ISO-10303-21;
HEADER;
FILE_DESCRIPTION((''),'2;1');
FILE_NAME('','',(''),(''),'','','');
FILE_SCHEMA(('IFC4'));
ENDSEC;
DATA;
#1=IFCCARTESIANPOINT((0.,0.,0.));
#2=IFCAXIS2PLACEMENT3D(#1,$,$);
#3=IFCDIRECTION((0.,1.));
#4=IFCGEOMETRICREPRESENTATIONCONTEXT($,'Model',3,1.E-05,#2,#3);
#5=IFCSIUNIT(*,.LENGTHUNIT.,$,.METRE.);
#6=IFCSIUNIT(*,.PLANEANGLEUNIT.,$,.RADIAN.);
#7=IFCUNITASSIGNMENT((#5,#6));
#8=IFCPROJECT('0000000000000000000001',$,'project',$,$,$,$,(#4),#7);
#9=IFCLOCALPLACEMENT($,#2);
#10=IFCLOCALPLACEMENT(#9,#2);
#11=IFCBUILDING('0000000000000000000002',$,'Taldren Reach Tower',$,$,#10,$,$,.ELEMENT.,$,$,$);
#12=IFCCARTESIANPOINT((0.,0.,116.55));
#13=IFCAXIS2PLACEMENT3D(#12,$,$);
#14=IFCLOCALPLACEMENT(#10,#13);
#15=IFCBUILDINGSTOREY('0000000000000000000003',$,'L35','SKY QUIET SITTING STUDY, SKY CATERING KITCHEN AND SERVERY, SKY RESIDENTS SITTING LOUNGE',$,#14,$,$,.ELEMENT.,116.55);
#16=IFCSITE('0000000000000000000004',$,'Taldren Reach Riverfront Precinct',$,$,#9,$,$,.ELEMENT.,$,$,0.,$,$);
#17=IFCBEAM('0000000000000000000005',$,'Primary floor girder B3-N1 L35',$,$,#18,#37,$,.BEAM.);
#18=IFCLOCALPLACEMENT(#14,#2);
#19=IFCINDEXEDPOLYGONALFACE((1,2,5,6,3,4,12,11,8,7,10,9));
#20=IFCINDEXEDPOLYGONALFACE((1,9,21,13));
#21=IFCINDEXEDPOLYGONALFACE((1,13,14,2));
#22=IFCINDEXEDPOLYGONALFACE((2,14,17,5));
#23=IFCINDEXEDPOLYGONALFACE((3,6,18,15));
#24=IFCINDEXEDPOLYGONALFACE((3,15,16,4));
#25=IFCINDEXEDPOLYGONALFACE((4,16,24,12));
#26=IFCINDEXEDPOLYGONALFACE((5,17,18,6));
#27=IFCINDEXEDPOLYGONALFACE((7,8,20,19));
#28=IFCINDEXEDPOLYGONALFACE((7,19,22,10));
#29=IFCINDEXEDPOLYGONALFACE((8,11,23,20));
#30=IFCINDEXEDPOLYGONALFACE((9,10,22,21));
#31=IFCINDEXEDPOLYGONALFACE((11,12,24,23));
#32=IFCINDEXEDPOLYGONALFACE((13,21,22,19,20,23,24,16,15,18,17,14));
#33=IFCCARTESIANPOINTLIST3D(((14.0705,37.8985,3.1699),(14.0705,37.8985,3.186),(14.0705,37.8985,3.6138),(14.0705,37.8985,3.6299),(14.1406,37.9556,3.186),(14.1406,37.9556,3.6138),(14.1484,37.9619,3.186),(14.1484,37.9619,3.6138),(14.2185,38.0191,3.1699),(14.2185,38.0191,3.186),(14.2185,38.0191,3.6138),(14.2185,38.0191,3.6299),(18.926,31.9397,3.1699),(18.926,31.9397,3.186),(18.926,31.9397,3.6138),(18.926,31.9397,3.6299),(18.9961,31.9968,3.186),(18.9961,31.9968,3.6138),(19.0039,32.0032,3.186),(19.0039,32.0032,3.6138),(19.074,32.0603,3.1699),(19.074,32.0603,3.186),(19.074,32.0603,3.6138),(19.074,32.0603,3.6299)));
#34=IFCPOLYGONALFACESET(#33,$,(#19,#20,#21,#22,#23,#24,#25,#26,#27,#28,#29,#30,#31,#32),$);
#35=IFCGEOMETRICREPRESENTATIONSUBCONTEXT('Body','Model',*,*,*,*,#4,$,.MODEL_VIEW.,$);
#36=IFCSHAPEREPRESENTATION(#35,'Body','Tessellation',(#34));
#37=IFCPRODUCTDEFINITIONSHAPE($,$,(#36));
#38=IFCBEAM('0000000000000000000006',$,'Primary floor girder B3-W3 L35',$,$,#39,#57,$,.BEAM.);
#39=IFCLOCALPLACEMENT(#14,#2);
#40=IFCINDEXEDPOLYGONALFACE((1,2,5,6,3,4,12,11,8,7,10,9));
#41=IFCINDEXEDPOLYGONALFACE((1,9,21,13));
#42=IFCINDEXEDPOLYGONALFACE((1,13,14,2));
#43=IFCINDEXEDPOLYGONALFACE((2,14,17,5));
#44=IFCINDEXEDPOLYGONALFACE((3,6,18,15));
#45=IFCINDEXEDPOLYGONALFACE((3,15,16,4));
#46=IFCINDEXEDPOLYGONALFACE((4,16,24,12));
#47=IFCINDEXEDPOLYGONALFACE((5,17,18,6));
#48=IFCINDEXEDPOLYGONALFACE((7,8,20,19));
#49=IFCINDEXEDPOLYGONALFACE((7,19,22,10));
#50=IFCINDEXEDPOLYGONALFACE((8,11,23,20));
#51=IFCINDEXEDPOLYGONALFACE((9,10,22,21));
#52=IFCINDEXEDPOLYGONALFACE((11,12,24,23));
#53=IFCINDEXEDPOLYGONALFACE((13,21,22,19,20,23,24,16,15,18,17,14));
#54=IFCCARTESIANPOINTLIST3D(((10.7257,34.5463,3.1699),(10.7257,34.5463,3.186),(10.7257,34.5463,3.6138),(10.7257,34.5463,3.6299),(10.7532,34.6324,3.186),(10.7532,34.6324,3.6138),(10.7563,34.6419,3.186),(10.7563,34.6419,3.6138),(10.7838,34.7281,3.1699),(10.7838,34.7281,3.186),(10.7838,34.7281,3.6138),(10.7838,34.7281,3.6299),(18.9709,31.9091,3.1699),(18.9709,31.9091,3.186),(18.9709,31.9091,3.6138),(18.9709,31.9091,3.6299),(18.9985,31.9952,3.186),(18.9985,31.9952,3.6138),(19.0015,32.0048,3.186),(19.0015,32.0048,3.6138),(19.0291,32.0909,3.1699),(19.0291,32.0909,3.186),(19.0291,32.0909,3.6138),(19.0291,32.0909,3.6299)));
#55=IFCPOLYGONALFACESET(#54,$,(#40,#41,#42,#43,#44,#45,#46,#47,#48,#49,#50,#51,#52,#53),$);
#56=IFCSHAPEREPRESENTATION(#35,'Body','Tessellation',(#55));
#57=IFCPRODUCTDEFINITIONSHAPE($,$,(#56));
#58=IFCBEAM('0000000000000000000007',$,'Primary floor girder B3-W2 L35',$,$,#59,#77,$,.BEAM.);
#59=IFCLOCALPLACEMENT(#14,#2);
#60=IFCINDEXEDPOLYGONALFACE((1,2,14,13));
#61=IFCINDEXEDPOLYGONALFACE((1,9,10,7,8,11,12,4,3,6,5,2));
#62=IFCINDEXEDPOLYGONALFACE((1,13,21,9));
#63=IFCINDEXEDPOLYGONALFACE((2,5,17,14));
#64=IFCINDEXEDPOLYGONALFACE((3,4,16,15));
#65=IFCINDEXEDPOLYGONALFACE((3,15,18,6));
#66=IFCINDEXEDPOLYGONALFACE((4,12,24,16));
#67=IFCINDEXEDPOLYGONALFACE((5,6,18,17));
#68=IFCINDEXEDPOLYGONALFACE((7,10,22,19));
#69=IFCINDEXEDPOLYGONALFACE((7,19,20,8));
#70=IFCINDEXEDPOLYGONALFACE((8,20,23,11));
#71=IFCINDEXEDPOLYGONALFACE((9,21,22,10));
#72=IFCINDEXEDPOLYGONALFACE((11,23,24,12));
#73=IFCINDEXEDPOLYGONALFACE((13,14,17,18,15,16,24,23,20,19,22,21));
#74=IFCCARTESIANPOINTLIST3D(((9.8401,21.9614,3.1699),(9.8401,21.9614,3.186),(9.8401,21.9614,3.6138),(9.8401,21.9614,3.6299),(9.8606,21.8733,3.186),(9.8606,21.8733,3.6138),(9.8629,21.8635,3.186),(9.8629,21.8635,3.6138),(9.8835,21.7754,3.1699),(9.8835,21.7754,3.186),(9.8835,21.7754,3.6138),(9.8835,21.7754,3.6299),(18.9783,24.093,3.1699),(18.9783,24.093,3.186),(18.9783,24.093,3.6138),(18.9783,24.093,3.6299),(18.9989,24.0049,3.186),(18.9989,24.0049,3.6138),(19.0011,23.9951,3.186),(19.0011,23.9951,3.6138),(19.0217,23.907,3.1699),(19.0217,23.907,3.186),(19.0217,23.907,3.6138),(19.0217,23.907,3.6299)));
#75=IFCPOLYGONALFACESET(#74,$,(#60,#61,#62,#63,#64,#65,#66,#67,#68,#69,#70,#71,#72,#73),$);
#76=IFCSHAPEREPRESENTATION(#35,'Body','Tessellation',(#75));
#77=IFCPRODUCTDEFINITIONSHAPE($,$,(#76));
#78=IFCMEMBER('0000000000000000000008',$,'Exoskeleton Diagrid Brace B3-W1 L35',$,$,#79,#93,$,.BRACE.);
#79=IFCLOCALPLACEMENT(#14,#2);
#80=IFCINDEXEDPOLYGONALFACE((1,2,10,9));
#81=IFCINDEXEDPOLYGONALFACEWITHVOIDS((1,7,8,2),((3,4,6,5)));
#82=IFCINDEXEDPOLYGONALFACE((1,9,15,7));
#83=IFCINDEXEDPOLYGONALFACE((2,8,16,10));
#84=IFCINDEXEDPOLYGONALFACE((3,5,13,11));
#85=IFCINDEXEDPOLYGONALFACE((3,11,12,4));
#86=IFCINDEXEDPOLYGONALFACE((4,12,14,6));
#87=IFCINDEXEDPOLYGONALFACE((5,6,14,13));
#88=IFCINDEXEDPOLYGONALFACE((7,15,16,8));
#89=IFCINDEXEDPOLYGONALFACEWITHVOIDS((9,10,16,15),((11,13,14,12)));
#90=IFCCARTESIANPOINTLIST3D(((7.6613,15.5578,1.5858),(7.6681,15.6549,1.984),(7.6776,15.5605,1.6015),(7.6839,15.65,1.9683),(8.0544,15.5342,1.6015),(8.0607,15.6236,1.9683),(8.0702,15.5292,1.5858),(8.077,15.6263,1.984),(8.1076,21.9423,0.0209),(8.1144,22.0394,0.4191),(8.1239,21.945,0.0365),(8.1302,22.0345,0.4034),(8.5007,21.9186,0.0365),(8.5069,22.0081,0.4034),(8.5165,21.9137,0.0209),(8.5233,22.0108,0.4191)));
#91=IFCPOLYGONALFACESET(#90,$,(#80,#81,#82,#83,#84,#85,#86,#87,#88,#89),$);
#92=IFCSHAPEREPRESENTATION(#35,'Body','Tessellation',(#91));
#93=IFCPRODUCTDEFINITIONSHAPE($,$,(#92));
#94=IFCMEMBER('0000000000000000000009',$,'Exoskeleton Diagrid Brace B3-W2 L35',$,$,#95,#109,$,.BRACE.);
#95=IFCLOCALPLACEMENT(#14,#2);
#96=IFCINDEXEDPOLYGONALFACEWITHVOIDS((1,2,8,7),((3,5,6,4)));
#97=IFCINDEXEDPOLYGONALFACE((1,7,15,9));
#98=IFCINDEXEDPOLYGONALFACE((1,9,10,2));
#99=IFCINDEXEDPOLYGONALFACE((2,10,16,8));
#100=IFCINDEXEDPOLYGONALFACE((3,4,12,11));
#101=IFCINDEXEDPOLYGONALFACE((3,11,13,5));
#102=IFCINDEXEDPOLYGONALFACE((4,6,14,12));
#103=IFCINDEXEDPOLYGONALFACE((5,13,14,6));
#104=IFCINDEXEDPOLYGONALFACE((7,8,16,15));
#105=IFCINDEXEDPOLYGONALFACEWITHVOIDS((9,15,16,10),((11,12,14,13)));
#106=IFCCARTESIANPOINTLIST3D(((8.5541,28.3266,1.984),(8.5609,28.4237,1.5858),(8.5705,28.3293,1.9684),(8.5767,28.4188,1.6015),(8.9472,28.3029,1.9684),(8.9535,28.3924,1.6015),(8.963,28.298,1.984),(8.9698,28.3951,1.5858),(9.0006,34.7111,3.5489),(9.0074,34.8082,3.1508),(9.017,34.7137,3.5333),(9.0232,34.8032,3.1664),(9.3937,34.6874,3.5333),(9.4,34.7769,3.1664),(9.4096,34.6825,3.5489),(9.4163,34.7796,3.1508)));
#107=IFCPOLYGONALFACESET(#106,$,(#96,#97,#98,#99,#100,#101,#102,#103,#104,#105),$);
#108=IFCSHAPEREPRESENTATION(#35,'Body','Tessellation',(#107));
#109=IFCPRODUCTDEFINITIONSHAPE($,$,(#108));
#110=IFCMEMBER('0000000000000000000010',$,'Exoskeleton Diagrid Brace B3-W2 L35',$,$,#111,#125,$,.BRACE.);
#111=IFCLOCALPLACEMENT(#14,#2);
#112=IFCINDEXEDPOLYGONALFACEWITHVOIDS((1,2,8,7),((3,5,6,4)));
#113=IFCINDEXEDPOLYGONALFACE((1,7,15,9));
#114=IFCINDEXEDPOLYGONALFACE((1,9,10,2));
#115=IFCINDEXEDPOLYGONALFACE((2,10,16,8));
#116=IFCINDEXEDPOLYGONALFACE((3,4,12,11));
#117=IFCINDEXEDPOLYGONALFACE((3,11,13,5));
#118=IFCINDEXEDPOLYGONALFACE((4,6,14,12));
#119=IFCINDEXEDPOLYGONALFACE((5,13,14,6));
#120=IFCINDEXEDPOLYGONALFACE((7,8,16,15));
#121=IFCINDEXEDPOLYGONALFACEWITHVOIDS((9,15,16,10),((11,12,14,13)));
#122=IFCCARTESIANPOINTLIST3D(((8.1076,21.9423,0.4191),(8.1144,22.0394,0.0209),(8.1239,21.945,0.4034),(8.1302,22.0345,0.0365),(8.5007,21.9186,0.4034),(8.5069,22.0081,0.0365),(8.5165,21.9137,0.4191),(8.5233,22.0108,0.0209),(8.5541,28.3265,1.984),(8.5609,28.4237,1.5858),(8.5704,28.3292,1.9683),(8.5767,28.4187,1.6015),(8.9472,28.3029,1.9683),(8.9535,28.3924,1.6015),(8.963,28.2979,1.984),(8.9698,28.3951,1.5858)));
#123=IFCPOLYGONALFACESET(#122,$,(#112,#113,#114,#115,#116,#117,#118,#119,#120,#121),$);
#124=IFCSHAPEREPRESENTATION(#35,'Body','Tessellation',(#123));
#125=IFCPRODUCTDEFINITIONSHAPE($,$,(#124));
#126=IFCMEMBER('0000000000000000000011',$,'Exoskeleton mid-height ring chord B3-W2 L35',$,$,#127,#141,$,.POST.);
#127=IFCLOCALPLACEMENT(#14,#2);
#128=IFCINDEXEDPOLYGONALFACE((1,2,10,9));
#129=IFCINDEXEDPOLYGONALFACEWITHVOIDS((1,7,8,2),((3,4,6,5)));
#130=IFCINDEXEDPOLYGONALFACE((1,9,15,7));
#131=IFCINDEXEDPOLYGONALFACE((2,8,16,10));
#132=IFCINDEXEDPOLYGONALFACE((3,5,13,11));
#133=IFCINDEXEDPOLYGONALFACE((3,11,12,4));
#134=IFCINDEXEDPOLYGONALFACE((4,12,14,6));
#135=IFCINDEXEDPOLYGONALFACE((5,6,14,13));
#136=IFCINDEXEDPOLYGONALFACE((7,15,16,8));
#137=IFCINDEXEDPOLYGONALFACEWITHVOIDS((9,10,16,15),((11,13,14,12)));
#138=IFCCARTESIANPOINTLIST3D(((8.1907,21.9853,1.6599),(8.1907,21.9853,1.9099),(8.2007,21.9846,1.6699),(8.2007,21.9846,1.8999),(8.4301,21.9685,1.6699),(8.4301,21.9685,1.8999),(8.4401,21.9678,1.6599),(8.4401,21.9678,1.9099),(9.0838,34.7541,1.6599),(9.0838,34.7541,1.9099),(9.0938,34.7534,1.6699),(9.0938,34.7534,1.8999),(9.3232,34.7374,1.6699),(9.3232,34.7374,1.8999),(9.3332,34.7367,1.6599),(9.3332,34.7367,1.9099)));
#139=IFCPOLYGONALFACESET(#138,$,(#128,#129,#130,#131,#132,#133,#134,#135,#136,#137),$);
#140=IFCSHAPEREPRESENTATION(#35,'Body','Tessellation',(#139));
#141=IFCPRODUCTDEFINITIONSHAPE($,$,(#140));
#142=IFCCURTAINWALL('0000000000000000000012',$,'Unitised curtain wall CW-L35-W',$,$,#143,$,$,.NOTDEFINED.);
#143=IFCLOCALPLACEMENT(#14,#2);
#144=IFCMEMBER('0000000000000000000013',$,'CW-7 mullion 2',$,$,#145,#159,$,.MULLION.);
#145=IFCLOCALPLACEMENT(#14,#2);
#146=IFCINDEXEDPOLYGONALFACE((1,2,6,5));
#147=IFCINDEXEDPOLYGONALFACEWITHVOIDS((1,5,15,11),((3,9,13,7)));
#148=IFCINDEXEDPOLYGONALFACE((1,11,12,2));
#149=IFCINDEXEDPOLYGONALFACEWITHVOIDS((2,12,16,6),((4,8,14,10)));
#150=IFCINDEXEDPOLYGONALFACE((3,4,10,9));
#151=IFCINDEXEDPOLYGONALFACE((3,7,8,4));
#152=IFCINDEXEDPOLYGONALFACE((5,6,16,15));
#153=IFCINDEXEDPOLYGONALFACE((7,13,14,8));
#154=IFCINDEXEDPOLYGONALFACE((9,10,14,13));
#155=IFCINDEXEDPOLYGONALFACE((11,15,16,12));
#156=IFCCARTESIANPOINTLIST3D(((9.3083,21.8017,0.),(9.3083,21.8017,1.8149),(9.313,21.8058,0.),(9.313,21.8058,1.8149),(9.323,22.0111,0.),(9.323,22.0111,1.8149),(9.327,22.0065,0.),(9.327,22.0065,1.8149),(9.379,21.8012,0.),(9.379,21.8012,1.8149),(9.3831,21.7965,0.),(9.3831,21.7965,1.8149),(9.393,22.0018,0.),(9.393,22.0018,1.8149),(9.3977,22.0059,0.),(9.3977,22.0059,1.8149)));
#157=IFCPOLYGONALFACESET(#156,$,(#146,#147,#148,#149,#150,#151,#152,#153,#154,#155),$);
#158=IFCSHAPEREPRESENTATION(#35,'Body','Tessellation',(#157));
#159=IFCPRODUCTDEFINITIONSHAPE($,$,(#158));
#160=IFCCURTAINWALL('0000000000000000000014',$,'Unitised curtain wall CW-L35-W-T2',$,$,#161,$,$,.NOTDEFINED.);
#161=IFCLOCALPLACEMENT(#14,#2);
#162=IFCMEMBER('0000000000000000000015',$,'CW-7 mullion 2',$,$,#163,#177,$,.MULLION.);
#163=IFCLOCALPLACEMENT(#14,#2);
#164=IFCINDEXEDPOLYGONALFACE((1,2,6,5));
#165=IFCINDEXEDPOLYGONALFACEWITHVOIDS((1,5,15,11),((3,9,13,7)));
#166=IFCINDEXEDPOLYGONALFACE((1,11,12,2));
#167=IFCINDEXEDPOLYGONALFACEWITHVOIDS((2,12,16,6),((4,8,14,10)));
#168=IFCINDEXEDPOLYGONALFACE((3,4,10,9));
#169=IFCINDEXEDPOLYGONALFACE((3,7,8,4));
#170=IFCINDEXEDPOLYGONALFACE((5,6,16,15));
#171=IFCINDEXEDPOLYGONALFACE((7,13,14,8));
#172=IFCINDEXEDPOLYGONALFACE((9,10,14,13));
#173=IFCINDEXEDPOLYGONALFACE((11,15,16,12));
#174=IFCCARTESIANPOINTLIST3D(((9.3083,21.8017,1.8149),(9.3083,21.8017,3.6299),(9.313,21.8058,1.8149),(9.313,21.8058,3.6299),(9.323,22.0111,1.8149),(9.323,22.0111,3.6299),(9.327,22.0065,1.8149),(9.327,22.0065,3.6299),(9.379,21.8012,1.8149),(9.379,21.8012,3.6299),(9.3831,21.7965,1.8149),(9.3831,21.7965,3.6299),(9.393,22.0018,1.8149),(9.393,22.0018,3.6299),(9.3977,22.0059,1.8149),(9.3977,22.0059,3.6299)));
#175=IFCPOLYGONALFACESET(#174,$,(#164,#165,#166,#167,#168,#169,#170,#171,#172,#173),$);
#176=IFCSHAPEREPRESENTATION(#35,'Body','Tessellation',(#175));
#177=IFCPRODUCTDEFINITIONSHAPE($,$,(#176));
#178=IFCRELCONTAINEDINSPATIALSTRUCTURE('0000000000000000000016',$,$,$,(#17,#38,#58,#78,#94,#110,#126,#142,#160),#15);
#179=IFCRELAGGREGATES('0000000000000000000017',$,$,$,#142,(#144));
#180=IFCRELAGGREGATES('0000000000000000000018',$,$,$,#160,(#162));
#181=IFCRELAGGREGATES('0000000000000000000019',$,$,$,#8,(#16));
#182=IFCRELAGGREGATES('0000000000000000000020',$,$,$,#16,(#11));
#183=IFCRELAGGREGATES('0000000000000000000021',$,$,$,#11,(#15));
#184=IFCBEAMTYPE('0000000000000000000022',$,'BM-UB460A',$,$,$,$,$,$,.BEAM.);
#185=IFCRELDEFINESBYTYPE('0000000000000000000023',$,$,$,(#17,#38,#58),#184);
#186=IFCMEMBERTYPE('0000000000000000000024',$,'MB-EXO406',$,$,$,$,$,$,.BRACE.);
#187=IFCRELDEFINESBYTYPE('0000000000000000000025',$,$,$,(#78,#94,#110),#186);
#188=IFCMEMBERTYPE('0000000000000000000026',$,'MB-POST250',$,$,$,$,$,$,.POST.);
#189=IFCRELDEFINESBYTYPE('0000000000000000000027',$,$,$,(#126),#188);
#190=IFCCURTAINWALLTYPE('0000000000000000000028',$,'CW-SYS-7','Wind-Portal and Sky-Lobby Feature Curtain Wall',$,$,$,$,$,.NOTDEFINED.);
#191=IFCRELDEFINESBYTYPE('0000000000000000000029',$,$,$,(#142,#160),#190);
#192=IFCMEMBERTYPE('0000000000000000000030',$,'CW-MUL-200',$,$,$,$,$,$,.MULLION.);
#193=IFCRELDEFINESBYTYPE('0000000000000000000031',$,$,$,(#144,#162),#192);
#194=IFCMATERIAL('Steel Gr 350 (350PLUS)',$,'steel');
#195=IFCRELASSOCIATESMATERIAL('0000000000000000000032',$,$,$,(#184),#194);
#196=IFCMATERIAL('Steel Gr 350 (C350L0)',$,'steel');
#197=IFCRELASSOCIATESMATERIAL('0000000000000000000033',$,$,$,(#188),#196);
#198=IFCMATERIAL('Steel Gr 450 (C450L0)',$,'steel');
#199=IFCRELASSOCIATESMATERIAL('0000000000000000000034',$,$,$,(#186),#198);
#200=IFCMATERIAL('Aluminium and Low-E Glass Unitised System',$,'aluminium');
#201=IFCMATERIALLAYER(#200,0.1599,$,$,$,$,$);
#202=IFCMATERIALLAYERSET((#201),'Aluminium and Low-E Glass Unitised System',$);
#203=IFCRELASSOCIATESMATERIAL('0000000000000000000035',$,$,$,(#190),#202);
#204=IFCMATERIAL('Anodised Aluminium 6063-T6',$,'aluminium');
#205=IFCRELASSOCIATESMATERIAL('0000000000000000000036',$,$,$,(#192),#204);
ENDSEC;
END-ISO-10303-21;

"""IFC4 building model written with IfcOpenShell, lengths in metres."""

from ifc_helpers import new_model, si_unit, direction, frame, origin, origin_2d, place, context, subcontext, project, spatial, hollow_rectangle, i_section, extrude, source, transform, mapped, material, layer, layer_set, material_profile, profile_set, type_object, element, aggregate, save


model = new_model("IFC4")

# Units and contexts
model_context = context("Model", 3, precision=1e-05, world=origin(), true_north=direction((0.0, 1.0)))
body_context = subcontext(model_context, "Body", "Model", "MODEL_VIEW")
ifc_project = project(units=[si_unit("LENGTHUNIT", "METRE"), si_unit("PLANEANGLEUNIT", "RADIAN")], contexts=[model_context])

# Site, building, storey
site_placement = place(None, origin())
site = spatial("IfcSite", under=ifc_project, at=site_placement, Name="Taldren Reach Riverfront Precinct", CompositionType="ELEMENT", RefElevation=0.0)
building_placement = place(site_placement, origin())
building = spatial("IfcBuilding", under=site, at=building_placement, Name="Taldren Reach Tower", CompositionType="ELEMENT")
storey_placement = place(building_placement, frame((0.0, 0.0, 116.55)))
storey = spatial("IfcBuildingStorey", under=building, at=storey_placement, Name="L35", Description="SKY QUIET SITTING STUDY, SKY CATERING KITCHEN AND SERVERY, SKY RESIDENTS SITTING LOUNGE", CompositionType="ELEMENT", Elevation=116.55)

# Shared definitions
ifc_material_1 = material(Name="Steel Gr 450 (C450L0)", Category="steel")

# Shared definitions
ifc_material_2 = material(Name="Steel Gr 350 (350PLUS)", Category="steel")
ifc_material_profile_1 = material_profile(ifc_material_2, i_section(OverallWidth=0.1909, OverallDepth=0.46, WebThickness=0.01, FlangeThickness=0.0161, at=origin_2d()), Name="460UB82.1")
ifc_profile_set_1 = profile_set([ifc_material_profile_1], Name="Steel Gr 350 (350PLUS)")
beam_type_1 = type_object("IfcBeamType", Name="BM-UB460A", PredefinedType="BEAM", material=ifc_profile_set_1)

# Shared definitions
ifc_material_3 = material(Name="Steel Gr 350 (C350L0)", Category="steel")
ifc_material_profile_2 = material_profile(ifc_material_3, hollow_rectangle(XDim=0.25, YDim=0.25, WallThickness=0.01, at=origin_2d()), Name="250x250x10.0SHS")
ifc_profile_set_2 = profile_set([ifc_material_profile_2], Name="Steel Gr 350 (C350L0)")
member_type_1 = type_object("IfcMemberType", Name="MB-POST250", PredefinedType="POST", material=ifc_profile_set_2)

# Beams
shared_shape_1 = source(origin(), body_context, "Body", "SweptSolid", [
    extrude(i_section(OverallWidth=0.1909, OverallDepth=0.46, WebThickness=0.01, FlangeThickness=0.0161, at=origin_2d()), origin(), (0.0, 0.0, 1.0), 7.6865),
])
beam_1_placement = place(storey_placement, frame((19.0, 32.0, 3.3999), z_axis=(-0.631689, 0.775222, 0.0), x_axis=(-0.775222, -0.631689, 0.0)))
element("IfcBeam", 1, at=beam_1_placement, inside=storey, type_object=beam_type_1, Name="Primary floor girder B3-N1 L35", PredefinedType="BEAM", context=body_context, shape_type="MappedRepresentation", body=[
    mapped(shared_shape_1, transform((0.0, 0.0, 0.0), scale=1.0)),
])
shared_shape_2 = source(origin(), body_context, "Body", "SweptSolid", [
    extrude(i_section(OverallWidth=0.1909, OverallDepth=0.46, WebThickness=0.01, FlangeThickness=0.0161, at=origin_2d()), origin(), (0.0, 0.0, 1.0), 8.6567),
])
beam_2_placement = place(storey_placement, frame((19.0, 32.0, 3.3999), z_axis=(-0.952468, 0.304639, 0.0), x_axis=(-0.304639, -0.952468, 0.0)))
element("IfcBeam", 2, at=beam_2_placement, inside=storey, type_object=beam_type_1, Name="Primary floor girder B3-W3 L35", PredefinedType="BEAM", context=body_context, shape_type="MappedRepresentation", body=[
    mapped(shared_shape_2, transform((0.0, 0.0, 0.0), scale=1.0)),
])
shared_shape_3 = source(origin(), body_context, "Body", "SweptSolid", [
    extrude(i_section(OverallWidth=0.1909, OverallDepth=0.46, WebThickness=0.01, FlangeThickness=0.0161, at=origin_2d()), origin(), (0.0, 0.0, 1.0), 9.3835),
])
beam_3_placement = place(storey_placement, frame((19.0, 24.0, 3.3999), z_axis=(-0.973857, -0.227164, 0.0), x_axis=(0.227164, -0.973857, 0.0)))
element("IfcBeam", 3, at=beam_3_placement, inside=storey, type_object=beam_type_1, Name="Primary floor girder B3-W2 L35", PredefinedType="BEAM", context=body_context, shape_type="MappedRepresentation", body=[
    mapped(shared_shape_3, transform((0.0, 0.0, 0.0), scale=1.0)),
])

# Members
ifc_material_profile_3 = material_profile(ifc_material_1, hollow_rectangle(XDim=0.4099, YDim=0.4099, WallThickness=0.0161, at=origin_2d()), Name="410x410x16.0SHS")
ifc_profile_set_3 = profile_set([ifc_material_profile_3], Name="Steel Gr 450 (C450L0)")
member_type_2 = type_object("IfcMemberType", Name="MB-EXO406", PredefinedType="BRACE", material=ifc_profile_set_3)
shared_shape_4 = source(origin(), body_context, "Body", "SweptSolid", [
    extrude(hollow_rectangle(XDim=0.4099, YDim=0.4099, WallThickness=0.0161, at=origin_2d()), origin(), (0.0, 0.0, 1.0), 6.5886),
])
for number, where, z_axis, x_axis, name in (
    (4, (8.3154, 21.9766, 0.22), (-0.067736, -0.969018, 0.237521), (0.997566, -0.069732, 0.0), "Exoskeleton Diagrid Brace B3-W1 L35"),
    (5, (8.762, 28.3608, 1.7849), (0.067773, 0.969015, 0.23752), (-0.997563, 0.06977, 0.0), "Exoskeleton Diagrid Brace B3-W2 L35"),
):
    element("IfcMember", number, at=place(storey_placement, frame(where, z_axis=z_axis, x_axis=x_axis)), inside=storey, type_object=member_type_2, Name=name, PredefinedType="BRACE", context=body_context, shape_type="MappedRepresentation", body=[
        mapped(shared_shape_4, transform((0.0, 0.0, 0.0), scale=1.0)),
    ])
shared_shape_5 = source(origin(), body_context, "Body", "SweptSolid", [
    extrude(hollow_rectangle(XDim=0.4099, YDim=0.4099, WallThickness=0.0161, at=origin_2d()), origin(), (0.0, 0.0, 1.0), 6.5884),
])
member_1_placement = place(storey_placement, frame((8.3154, 21.9766, 0.22), z_axis=(0.067775, 0.969013, 0.237529), x_axis=(-0.997563, 0.069772, 0.0)))
element("IfcMember", 6, at=member_1_placement, inside=storey, type_object=member_type_2, Name="Exoskeleton Diagrid Brace B3-W2 L35", PredefinedType="BRACE", context=body_context, shape_type="MappedRepresentation", body=[
    mapped(shared_shape_5, transform((0.0, 0.0, 0.0), scale=1.0)),
])
shared_shape_6 = source(origin(), body_context, "Body", "SweptSolid", [
    extrude(hollow_rectangle(XDim=0.25, YDim=0.25, WallThickness=0.01, at=origin_2d()), origin(), (0.0, 0.0, 1.0), 12.8),
])
member_2_placement = place(storey_placement, frame((8.3154, 21.9766, 1.7849), z_axis=(0.069771, 0.997563, 0.0), x_axis=(-0.997563, 0.069771, 0.0)))
element("IfcMember", 7, at=member_2_placement, inside=storey, type_object=member_type_1, Name="Exoskeleton mid-height ring chord B3-W2 L35", PredefinedType="POST", context=body_context, shape_type="MappedRepresentation", body=[
    mapped(shared_shape_6, transform((0.0, 0.0, 0.0), scale=1.0)),
])

# Curtain walls, members
ifc_material_4 = material(Name="Aluminium and Low-E Glass Unitised System", Category="aluminium")
ifc_layer_1 = layer(ifc_material_4, 0.1599)
ifc_layer_set_1 = layer_set([ifc_layer_1], Name="Aluminium and Low-E Glass Unitised System")
curtain_wall_type = type_object("IfcCurtainWallType", Name="CW-SYS-7", Description="Wind-Portal and Sky-Lobby Feature Curtain Wall", PredefinedType="NOTDEFINED", material=ifc_layer_set_1)
curtain_wall_1_placement = place(storey_placement, origin())
curtain_wall_1 = element("IfcCurtainWall", 8, at=curtain_wall_1_placement, inside=storey, type_object=curtain_wall_type, Name="Unitised curtain wall CW-L35-W", PredefinedType="NOTDEFINED")
ifc_material_5 = material(Name="Anodised Aluminium 6063-T6", Category="aluminium")
ifc_material_profile_4 = material_profile(ifc_material_5, hollow_rectangle(XDim=0.075, YDim=0.21, WallThickness=0.0044, at=origin_2d()), Name="ALU-210x75x4.5RHS")
ifc_profile_set_4 = profile_set([ifc_material_profile_4], Name="Anodised Aluminium 6063-T6")
member_type_3 = type_object("IfcMemberType", Name="CW-MUL-200", PredefinedType="MULLION", material=ifc_profile_set_4)
shared_shape_7 = source(origin(), body_context, "Body", "SweptSolid", [
    extrude(hollow_rectangle(XDim=0.075, YDim=0.21, WallThickness=0.0044, at=origin_2d()), origin(), (0.0, 0.0, 1.0), 1.8149),
])
member_3_placement = place(storey_placement, frame((9.353, 21.9038, 0.0), z_axis=(0.0, 0.0, 1.0), x_axis=(0.997564, -0.069756, 0.0)))
member_3 = element("IfcMember", 9, at=member_3_placement, type_object=member_type_3, Name="CW-7 mullion 2", PredefinedType="MULLION", context=body_context, shape_type="MappedRepresentation", body=[
    mapped(shared_shape_7, transform((0.0, 0.0, 0.0), scale=1.0)),
])
curtain_wall_2_placement = place(storey_placement, origin())
curtain_wall_2 = element("IfcCurtainWall", 10, at=curtain_wall_2_placement, inside=storey, type_object=curtain_wall_type, Name="Unitised curtain wall CW-L35-W-T2", PredefinedType="NOTDEFINED")
member_4_placement = place(storey_placement, frame((9.353, 21.9038, 1.8149), z_axis=(0.0, 0.0, 1.0), x_axis=(0.997564, -0.069756, 0.0)))
member_4 = element("IfcMember", 11, at=member_4_placement, type_object=member_type_3, Name="CW-7 mullion 2", PredefinedType="MULLION", context=body_context, shape_type="MappedRepresentation", body=[
    mapped(shared_shape_7, transform((0.0, 0.0, 0.0), scale=1.0)),
])

aggregate(curtain_wall_1, [member_3])
aggregate(curtain_wall_2, [member_4])

save(model, "model.ifc")
